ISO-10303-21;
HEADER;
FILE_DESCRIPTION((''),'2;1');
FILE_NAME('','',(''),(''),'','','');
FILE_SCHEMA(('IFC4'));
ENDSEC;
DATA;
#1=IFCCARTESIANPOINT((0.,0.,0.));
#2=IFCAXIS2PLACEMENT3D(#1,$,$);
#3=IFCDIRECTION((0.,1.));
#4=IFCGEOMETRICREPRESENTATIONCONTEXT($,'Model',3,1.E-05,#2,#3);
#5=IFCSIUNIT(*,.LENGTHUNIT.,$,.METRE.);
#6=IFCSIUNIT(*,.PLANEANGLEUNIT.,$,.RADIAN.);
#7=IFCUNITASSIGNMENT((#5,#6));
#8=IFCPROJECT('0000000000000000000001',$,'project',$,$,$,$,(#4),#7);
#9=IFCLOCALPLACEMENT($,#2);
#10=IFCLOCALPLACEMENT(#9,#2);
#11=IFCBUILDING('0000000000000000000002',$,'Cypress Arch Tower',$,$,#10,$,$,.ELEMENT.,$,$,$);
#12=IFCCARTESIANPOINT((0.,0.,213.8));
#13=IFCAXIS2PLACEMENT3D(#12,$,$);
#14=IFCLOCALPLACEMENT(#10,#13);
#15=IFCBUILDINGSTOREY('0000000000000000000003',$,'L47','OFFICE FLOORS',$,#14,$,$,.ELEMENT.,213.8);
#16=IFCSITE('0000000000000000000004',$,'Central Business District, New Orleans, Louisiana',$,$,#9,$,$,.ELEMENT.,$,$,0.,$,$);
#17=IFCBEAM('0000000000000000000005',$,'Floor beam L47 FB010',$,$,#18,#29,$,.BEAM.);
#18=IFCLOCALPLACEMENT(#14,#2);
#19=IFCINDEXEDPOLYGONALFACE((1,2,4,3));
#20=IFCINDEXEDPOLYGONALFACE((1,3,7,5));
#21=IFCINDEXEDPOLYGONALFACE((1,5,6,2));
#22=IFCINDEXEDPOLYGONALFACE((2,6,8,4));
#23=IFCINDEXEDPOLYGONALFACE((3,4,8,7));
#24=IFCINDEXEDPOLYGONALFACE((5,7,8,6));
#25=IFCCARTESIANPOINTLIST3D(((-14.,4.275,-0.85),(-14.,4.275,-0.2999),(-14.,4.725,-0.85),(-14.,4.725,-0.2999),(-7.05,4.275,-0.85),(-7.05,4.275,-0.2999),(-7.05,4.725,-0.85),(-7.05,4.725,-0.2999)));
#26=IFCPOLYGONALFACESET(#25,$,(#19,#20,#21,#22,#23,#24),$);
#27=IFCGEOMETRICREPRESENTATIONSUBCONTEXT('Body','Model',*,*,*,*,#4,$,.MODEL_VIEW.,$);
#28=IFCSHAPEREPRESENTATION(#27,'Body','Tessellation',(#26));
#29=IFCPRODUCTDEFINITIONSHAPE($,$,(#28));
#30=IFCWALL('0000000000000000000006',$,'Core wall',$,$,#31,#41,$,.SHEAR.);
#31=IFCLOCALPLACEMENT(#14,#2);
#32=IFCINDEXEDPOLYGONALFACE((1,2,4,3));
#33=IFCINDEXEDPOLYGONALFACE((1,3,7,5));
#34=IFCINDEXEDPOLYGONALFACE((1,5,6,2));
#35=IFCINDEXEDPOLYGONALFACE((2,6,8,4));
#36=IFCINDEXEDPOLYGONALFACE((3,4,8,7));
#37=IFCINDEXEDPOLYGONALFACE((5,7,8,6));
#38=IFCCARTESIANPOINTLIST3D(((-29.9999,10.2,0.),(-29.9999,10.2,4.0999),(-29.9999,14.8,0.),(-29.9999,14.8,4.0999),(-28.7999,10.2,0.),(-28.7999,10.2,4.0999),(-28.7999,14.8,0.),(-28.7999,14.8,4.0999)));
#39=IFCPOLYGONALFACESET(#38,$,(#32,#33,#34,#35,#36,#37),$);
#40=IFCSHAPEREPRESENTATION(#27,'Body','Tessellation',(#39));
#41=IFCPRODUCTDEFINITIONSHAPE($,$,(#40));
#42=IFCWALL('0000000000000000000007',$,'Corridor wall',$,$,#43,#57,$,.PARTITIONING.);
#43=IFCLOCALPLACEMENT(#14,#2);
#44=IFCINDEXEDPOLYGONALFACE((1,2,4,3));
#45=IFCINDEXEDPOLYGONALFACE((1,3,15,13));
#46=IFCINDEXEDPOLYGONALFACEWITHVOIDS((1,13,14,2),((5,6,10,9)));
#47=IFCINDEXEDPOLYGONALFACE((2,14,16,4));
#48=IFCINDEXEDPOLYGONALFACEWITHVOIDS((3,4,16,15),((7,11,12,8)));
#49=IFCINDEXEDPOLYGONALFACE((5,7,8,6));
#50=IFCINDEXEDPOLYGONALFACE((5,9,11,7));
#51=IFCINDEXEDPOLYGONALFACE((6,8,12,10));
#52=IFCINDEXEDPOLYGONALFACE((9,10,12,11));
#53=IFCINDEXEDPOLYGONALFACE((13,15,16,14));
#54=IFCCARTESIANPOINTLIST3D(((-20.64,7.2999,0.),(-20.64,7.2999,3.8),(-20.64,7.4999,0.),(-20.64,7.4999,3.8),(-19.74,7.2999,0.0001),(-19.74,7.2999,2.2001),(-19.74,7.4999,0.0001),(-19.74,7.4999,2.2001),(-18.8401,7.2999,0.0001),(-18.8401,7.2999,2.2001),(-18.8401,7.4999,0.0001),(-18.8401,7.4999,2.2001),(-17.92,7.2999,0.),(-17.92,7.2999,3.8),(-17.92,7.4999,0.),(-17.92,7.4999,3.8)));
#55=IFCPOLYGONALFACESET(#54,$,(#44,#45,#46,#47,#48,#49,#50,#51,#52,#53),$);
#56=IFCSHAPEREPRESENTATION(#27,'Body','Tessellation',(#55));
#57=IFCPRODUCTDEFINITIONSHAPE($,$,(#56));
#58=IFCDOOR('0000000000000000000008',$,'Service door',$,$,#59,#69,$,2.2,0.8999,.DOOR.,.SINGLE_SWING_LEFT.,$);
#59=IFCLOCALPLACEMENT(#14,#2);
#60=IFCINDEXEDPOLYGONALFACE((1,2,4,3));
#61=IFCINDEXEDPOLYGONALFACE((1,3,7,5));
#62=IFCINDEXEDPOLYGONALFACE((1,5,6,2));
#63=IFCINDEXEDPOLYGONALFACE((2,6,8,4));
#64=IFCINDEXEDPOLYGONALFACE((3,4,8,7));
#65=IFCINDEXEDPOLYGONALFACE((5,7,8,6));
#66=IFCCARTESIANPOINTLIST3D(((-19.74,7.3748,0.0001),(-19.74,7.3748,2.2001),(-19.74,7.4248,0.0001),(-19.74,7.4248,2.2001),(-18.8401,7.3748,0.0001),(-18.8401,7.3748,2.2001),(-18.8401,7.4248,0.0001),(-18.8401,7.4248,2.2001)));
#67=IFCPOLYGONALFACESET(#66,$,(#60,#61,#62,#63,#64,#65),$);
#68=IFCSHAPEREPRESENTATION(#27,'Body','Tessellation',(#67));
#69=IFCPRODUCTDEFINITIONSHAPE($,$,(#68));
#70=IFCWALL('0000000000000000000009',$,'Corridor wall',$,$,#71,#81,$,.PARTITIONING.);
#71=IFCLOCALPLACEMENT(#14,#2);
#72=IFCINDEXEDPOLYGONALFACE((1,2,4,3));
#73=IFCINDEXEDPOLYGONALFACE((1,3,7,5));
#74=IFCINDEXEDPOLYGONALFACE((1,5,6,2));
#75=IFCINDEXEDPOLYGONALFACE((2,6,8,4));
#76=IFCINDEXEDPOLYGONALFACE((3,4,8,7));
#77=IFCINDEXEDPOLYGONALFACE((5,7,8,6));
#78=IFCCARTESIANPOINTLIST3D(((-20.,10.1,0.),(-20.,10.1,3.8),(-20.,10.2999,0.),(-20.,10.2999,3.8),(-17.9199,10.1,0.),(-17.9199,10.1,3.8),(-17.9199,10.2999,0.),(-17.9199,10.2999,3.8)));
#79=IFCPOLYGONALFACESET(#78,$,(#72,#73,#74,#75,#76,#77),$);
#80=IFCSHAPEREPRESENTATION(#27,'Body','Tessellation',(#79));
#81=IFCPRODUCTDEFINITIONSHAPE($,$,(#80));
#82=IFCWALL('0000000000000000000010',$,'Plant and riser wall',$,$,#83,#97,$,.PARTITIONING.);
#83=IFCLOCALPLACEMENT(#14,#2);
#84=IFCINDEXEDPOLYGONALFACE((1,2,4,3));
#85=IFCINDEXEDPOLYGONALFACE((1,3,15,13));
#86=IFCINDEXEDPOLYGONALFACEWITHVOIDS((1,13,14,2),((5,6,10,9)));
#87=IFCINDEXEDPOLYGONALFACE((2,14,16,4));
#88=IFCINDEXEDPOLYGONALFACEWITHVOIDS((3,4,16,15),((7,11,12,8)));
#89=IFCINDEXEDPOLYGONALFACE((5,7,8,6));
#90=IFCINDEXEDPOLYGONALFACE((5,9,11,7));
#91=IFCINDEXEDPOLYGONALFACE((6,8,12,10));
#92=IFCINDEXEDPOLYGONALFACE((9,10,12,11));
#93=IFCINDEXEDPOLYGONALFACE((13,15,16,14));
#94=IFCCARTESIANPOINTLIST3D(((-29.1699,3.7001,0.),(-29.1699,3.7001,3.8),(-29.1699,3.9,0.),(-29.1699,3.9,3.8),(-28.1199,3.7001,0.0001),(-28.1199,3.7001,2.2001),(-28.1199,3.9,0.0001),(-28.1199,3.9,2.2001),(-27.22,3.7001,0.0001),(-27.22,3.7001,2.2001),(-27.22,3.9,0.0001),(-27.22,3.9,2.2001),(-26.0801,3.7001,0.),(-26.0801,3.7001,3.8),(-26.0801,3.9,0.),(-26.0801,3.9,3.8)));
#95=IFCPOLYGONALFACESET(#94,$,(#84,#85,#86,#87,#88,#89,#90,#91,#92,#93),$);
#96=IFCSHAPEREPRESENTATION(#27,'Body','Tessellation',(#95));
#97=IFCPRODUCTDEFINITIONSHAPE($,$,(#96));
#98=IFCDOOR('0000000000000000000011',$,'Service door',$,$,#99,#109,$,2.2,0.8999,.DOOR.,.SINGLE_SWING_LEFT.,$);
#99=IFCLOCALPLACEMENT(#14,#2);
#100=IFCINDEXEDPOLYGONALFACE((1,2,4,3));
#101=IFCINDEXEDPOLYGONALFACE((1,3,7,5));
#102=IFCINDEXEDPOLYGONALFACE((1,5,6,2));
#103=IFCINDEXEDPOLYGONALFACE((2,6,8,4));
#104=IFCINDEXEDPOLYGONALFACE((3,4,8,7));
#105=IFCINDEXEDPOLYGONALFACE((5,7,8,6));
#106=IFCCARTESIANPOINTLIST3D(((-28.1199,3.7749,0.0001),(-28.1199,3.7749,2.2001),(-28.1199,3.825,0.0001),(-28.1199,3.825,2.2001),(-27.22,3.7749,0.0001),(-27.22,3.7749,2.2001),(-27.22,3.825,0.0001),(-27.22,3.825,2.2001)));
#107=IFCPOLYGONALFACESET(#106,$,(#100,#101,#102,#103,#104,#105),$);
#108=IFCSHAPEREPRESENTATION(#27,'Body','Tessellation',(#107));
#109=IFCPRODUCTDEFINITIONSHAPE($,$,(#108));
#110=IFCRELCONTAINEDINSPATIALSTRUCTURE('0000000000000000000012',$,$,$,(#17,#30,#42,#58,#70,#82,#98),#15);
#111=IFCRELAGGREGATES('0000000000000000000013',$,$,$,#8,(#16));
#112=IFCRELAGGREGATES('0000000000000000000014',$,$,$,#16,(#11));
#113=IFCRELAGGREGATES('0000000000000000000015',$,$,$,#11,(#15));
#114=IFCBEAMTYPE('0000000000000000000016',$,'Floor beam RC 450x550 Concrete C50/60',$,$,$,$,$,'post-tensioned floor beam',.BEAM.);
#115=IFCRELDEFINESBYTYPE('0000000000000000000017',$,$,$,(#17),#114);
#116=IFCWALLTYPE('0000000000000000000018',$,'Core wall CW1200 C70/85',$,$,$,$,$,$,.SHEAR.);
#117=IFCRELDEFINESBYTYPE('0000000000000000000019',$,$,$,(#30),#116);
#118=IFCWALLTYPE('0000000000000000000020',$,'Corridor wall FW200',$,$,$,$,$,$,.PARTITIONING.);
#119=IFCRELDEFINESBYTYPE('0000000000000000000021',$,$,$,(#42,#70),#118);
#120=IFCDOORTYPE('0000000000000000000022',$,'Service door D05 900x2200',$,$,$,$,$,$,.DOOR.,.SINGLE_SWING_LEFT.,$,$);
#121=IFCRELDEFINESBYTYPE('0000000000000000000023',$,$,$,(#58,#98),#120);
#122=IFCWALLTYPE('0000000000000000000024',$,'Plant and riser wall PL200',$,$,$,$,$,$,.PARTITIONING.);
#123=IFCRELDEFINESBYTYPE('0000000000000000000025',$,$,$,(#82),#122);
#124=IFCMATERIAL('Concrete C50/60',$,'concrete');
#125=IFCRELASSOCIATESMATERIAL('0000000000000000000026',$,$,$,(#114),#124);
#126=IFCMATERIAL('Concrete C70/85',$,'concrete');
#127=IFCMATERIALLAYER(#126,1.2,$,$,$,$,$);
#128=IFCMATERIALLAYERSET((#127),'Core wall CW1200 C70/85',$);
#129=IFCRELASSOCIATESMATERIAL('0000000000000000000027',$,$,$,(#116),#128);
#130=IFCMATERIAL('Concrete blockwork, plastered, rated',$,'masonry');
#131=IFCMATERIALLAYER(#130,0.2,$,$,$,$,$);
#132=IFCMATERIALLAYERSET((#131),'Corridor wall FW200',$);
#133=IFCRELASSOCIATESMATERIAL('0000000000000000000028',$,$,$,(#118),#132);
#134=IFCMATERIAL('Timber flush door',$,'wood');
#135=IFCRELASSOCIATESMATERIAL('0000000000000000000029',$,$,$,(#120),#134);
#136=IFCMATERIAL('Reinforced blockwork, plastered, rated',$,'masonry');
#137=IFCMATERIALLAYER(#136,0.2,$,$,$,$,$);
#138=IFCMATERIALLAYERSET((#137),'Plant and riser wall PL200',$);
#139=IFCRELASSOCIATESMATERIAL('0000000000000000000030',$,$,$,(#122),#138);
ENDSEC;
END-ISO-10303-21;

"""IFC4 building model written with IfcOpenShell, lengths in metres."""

from ifc_helpers import new_model, si_unit, direction, frame, frame_2d, origin, origin_2d, place, context, subcontext, project, spatial, rectangle, extrude, material, layer, layer_set, material_profile, profile_set, type_object, element, fill, save


model = new_model("IFC4")

# Units and contexts
model_context = context("Model", 3, precision=1e-05, world=origin(), true_north=direction((0.0, 1.0)))
body_context = subcontext(model_context, "Body", "Model", "MODEL_VIEW")
ifc_project = project(units=[si_unit("LENGTHUNIT", "METRE"), si_unit("PLANEANGLEUNIT", "RADIAN")], contexts=[model_context])

# Site, building, storey
site_placement = place(None, origin())
site = spatial("IfcSite", under=ifc_project, at=site_placement, Name="Central Business District, New Orleans, Louisiana", CompositionType="ELEMENT", RefElevation=0.0)
building_placement = place(site_placement, origin())
building = spatial("IfcBuilding", under=site, at=building_placement, Name="Cypress Arch Tower", CompositionType="ELEMENT")
storey_placement = place(building_placement, frame((0.0, 0.0, 213.8)))
storey = spatial("IfcBuildingStorey", under=building, at=storey_placement, Name="L47", Description="OFFICE FLOORS", CompositionType="ELEMENT", Elevation=213.8)

# Beam
ifc_material_1 = material(Name="Concrete C50/60", Category="concrete")
ifc_material_profile = material_profile(ifc_material_1, rectangle(XDim=0.45, YDim=0.55, at=origin_2d()), Name="RC 450x550")
ifc_profile_set = profile_set([ifc_material_profile], Name="Concrete C50/60")
beam_type = type_object("IfcBeamType", Name="Floor beam RC 450x550 Concrete C50/60", ElementType="post-tensioned floor beam", PredefinedType="BEAM", material=ifc_profile_set)
beam_placement = place(storey_placement, frame((-14.0, 4.5, -0.575), z_axis=(1.0, 0.0, 0.0), x_axis=(0.0, 1.0, 0.0)))
element("IfcBeam", 1, at=beam_placement, inside=storey, type_object=beam_type, Name="Floor beam L47 FB010", PredefinedType="BEAM", context=body_context, shape_type="SweptSolid", body=[
    extrude(rectangle(XDim=0.45, YDim=0.55, at=origin_2d()), origin(), (0.0, 0.0, 1.0), 6.95),
])

# Wall
ifc_material_2 = material(Name="Concrete C70/85", Category="concrete")
ifc_layer_1 = layer(ifc_material_2, 1.2)
ifc_layer_set_1 = layer_set([ifc_layer_1], Name="Core wall CW1200 C70/85")
wall_type_1 = type_object("IfcWallType", Name="Core wall CW1200 C70/85", PredefinedType="SHEAR", material=ifc_layer_set_1)
wall_1_placement = place(storey_placement, frame((-29.3999, 10.2, 0.0), z_axis=(0.0, 0.0, 1.0), x_axis=(0.0, 1.0, 0.0)))
element("IfcWall", 2, at=wall_1_placement, inside=storey, type_object=wall_type_1, Name="Core wall", PredefinedType="SHEAR", context=body_context, shape_type="SweptSolid", body=[
    extrude(rectangle(XDim=4.6001, YDim=1.2, at=frame_2d((2.3, 0.0))), origin(), (0.0, 0.0, 1.0), 4.0999),
])

# Wall, opening, door
ifc_material_3 = material(Name="Concrete blockwork, plastered, rated", Category="masonry")
ifc_layer_2 = layer(ifc_material_3, 0.2)
ifc_layer_set_2 = layer_set([ifc_layer_2], Name="Corridor wall FW200")
wall_type_2 = type_object("IfcWallType", Name="Corridor wall FW200", PredefinedType="PARTITIONING", material=ifc_layer_set_2)
wall_2_placement = place(storey_placement, frame((-20.6399, 7.3999, 0.0), z_axis=(0.0, 0.0, 1.0), x_axis=(1.0, 0.0, 0.0)))
wall_2 = element("IfcWall", 3, at=wall_2_placement, inside=storey, type_object=wall_type_2, Name="Corridor wall", PredefinedType="PARTITIONING", context=body_context, shape_type="SweptSolid", body=[
    extrude(rectangle(XDim=2.72, YDim=0.2, at=frame_2d((1.3599, 0.0))), origin(), (0.0, 0.0, 1.0), 3.8),
])
opening_1_placement = place(wall_2_placement, frame((0.8999, 0.0, 0.0)))
opening_1 = element("IfcOpeningElement", 4, at=opening_1_placement, cuts=wall_2, PredefinedType="OPENING", context=body_context, shape_type="SweptSolid", body=[
    extrude(rectangle(XDim=0.8999, YDim=2.2, at=frame_2d((0.45, 1.1001))), frame((0.0, 0.1099, 0.0), z_axis=(0.0, -1.0, 0.0), x_axis=(1.0, 0.0, 0.0)), (0.0, 0.0, 1.0), 0.22),
])
ifc_material_4 = material(Name="Timber flush door", Category="wood")
door_type_1 = type_object("IfcDoorType", Name="Service door D05 900x2200", OperationType="SINGLE_SWING_LEFT", PredefinedType="DOOR", material=ifc_material_4)
door_1_placement = place(opening_1_placement, origin())
door_1 = element("IfcDoor", 5, at=door_1_placement, inside=storey, type_object=door_type_1, Name="Service door", OperationType="SINGLE_SWING_LEFT", OverallHeight=2.2, OverallWidth=0.8999, PredefinedType="DOOR", context=body_context, shape_type="SweptSolid", body=[
    extrude(rectangle(XDim=0.8999, YDim=2.2, at=frame_2d((0.45, 1.1001))), frame((0.0, 0.0249, 0.0), z_axis=(0.0, -1.0, 0.0), x_axis=(1.0, 0.0, 0.0)), (0.0, 0.0, 1.0), 0.05),
])
fill(opening_1, door_1)

# Wall
wall_3_placement = place(storey_placement, frame((-20.0, 10.2, 0.0), z_axis=(0.0, 0.0, 1.0), x_axis=(1.0, 0.0, 0.0)))
element("IfcWall", 6, at=wall_3_placement, inside=storey, type_object=wall_type_2, Name="Corridor wall", PredefinedType="PARTITIONING", context=body_context, shape_type="SweptSolid", body=[
    extrude(rectangle(XDim=2.0801, YDim=0.2, at=frame_2d((1.04, 0.0))), origin(), (0.0, 0.0, 1.0), 3.8),
])

# Wall, opening, door
ifc_material_5 = material(Name="Reinforced blockwork, plastered, rated", Category="masonry")
ifc_layer_3 = layer(ifc_material_5, 0.2)
ifc_layer_set_3 = layer_set([ifc_layer_3], Name="Plant and riser wall PL200")
wall_type_3 = type_object("IfcWallType", Name="Plant and riser wall PL200", PredefinedType="PARTITIONING", material=ifc_layer_set_3)
wall_4_placement = place(storey_placement, frame((-29.1699, 3.8, 0.0), z_axis=(0.0, 0.0, 1.0), x_axis=(1.0, 0.0, 0.0)))
wall_4 = element("IfcWall", 7, at=wall_4_placement, inside=storey, type_object=wall_type_3, Name="Plant and riser wall", PredefinedType="PARTITIONING", context=body_context, shape_type="SweptSolid", body=[
    extrude(rectangle(XDim=3.0898, YDim=0.2, at=frame_2d((1.5449, 0.0))), origin(), (0.0, 0.0, 1.0), 3.8),
])
opening_2_placement = place(wall_4_placement, frame((1.05, 0.0, 0.0)))
opening_2 = element("IfcOpeningElement", 8, at=opening_2_placement, cuts=wall_4, PredefinedType="OPENING", context=body_context, shape_type="SweptSolid", body=[
    extrude(rectangle(XDim=0.8999, YDim=2.2, at=frame_2d((0.45, 1.1001))), frame((0.0, 0.1099, 0.0), z_axis=(0.0, -1.0, 0.0), x_axis=(1.0, 0.0, 0.0)), (0.0, 0.0, 1.0), 0.22),
])
door_2_placement = place(opening_2_placement, origin())
door_2 = element("IfcDoor", 9, at=door_2_placement, inside=storey, type_object=door_type_1, Name="Service door", OperationType="SINGLE_SWING_LEFT", OverallHeight=2.2, OverallWidth=0.8999, PredefinedType="DOOR", context=body_context, shape_type="SweptSolid", body=[
    extrude(rectangle(XDim=0.8999, YDim=2.2, at=frame_2d((0.45, 1.1001))), frame((0.0, 0.0249, 0.0), z_axis=(0.0, -1.0, 0.0), x_axis=(1.0, 0.0, 0.0)), (0.0, 0.0, 1.0), 0.05),
])
fill(opening_2, door_2)

save(model, "model.ifc")
